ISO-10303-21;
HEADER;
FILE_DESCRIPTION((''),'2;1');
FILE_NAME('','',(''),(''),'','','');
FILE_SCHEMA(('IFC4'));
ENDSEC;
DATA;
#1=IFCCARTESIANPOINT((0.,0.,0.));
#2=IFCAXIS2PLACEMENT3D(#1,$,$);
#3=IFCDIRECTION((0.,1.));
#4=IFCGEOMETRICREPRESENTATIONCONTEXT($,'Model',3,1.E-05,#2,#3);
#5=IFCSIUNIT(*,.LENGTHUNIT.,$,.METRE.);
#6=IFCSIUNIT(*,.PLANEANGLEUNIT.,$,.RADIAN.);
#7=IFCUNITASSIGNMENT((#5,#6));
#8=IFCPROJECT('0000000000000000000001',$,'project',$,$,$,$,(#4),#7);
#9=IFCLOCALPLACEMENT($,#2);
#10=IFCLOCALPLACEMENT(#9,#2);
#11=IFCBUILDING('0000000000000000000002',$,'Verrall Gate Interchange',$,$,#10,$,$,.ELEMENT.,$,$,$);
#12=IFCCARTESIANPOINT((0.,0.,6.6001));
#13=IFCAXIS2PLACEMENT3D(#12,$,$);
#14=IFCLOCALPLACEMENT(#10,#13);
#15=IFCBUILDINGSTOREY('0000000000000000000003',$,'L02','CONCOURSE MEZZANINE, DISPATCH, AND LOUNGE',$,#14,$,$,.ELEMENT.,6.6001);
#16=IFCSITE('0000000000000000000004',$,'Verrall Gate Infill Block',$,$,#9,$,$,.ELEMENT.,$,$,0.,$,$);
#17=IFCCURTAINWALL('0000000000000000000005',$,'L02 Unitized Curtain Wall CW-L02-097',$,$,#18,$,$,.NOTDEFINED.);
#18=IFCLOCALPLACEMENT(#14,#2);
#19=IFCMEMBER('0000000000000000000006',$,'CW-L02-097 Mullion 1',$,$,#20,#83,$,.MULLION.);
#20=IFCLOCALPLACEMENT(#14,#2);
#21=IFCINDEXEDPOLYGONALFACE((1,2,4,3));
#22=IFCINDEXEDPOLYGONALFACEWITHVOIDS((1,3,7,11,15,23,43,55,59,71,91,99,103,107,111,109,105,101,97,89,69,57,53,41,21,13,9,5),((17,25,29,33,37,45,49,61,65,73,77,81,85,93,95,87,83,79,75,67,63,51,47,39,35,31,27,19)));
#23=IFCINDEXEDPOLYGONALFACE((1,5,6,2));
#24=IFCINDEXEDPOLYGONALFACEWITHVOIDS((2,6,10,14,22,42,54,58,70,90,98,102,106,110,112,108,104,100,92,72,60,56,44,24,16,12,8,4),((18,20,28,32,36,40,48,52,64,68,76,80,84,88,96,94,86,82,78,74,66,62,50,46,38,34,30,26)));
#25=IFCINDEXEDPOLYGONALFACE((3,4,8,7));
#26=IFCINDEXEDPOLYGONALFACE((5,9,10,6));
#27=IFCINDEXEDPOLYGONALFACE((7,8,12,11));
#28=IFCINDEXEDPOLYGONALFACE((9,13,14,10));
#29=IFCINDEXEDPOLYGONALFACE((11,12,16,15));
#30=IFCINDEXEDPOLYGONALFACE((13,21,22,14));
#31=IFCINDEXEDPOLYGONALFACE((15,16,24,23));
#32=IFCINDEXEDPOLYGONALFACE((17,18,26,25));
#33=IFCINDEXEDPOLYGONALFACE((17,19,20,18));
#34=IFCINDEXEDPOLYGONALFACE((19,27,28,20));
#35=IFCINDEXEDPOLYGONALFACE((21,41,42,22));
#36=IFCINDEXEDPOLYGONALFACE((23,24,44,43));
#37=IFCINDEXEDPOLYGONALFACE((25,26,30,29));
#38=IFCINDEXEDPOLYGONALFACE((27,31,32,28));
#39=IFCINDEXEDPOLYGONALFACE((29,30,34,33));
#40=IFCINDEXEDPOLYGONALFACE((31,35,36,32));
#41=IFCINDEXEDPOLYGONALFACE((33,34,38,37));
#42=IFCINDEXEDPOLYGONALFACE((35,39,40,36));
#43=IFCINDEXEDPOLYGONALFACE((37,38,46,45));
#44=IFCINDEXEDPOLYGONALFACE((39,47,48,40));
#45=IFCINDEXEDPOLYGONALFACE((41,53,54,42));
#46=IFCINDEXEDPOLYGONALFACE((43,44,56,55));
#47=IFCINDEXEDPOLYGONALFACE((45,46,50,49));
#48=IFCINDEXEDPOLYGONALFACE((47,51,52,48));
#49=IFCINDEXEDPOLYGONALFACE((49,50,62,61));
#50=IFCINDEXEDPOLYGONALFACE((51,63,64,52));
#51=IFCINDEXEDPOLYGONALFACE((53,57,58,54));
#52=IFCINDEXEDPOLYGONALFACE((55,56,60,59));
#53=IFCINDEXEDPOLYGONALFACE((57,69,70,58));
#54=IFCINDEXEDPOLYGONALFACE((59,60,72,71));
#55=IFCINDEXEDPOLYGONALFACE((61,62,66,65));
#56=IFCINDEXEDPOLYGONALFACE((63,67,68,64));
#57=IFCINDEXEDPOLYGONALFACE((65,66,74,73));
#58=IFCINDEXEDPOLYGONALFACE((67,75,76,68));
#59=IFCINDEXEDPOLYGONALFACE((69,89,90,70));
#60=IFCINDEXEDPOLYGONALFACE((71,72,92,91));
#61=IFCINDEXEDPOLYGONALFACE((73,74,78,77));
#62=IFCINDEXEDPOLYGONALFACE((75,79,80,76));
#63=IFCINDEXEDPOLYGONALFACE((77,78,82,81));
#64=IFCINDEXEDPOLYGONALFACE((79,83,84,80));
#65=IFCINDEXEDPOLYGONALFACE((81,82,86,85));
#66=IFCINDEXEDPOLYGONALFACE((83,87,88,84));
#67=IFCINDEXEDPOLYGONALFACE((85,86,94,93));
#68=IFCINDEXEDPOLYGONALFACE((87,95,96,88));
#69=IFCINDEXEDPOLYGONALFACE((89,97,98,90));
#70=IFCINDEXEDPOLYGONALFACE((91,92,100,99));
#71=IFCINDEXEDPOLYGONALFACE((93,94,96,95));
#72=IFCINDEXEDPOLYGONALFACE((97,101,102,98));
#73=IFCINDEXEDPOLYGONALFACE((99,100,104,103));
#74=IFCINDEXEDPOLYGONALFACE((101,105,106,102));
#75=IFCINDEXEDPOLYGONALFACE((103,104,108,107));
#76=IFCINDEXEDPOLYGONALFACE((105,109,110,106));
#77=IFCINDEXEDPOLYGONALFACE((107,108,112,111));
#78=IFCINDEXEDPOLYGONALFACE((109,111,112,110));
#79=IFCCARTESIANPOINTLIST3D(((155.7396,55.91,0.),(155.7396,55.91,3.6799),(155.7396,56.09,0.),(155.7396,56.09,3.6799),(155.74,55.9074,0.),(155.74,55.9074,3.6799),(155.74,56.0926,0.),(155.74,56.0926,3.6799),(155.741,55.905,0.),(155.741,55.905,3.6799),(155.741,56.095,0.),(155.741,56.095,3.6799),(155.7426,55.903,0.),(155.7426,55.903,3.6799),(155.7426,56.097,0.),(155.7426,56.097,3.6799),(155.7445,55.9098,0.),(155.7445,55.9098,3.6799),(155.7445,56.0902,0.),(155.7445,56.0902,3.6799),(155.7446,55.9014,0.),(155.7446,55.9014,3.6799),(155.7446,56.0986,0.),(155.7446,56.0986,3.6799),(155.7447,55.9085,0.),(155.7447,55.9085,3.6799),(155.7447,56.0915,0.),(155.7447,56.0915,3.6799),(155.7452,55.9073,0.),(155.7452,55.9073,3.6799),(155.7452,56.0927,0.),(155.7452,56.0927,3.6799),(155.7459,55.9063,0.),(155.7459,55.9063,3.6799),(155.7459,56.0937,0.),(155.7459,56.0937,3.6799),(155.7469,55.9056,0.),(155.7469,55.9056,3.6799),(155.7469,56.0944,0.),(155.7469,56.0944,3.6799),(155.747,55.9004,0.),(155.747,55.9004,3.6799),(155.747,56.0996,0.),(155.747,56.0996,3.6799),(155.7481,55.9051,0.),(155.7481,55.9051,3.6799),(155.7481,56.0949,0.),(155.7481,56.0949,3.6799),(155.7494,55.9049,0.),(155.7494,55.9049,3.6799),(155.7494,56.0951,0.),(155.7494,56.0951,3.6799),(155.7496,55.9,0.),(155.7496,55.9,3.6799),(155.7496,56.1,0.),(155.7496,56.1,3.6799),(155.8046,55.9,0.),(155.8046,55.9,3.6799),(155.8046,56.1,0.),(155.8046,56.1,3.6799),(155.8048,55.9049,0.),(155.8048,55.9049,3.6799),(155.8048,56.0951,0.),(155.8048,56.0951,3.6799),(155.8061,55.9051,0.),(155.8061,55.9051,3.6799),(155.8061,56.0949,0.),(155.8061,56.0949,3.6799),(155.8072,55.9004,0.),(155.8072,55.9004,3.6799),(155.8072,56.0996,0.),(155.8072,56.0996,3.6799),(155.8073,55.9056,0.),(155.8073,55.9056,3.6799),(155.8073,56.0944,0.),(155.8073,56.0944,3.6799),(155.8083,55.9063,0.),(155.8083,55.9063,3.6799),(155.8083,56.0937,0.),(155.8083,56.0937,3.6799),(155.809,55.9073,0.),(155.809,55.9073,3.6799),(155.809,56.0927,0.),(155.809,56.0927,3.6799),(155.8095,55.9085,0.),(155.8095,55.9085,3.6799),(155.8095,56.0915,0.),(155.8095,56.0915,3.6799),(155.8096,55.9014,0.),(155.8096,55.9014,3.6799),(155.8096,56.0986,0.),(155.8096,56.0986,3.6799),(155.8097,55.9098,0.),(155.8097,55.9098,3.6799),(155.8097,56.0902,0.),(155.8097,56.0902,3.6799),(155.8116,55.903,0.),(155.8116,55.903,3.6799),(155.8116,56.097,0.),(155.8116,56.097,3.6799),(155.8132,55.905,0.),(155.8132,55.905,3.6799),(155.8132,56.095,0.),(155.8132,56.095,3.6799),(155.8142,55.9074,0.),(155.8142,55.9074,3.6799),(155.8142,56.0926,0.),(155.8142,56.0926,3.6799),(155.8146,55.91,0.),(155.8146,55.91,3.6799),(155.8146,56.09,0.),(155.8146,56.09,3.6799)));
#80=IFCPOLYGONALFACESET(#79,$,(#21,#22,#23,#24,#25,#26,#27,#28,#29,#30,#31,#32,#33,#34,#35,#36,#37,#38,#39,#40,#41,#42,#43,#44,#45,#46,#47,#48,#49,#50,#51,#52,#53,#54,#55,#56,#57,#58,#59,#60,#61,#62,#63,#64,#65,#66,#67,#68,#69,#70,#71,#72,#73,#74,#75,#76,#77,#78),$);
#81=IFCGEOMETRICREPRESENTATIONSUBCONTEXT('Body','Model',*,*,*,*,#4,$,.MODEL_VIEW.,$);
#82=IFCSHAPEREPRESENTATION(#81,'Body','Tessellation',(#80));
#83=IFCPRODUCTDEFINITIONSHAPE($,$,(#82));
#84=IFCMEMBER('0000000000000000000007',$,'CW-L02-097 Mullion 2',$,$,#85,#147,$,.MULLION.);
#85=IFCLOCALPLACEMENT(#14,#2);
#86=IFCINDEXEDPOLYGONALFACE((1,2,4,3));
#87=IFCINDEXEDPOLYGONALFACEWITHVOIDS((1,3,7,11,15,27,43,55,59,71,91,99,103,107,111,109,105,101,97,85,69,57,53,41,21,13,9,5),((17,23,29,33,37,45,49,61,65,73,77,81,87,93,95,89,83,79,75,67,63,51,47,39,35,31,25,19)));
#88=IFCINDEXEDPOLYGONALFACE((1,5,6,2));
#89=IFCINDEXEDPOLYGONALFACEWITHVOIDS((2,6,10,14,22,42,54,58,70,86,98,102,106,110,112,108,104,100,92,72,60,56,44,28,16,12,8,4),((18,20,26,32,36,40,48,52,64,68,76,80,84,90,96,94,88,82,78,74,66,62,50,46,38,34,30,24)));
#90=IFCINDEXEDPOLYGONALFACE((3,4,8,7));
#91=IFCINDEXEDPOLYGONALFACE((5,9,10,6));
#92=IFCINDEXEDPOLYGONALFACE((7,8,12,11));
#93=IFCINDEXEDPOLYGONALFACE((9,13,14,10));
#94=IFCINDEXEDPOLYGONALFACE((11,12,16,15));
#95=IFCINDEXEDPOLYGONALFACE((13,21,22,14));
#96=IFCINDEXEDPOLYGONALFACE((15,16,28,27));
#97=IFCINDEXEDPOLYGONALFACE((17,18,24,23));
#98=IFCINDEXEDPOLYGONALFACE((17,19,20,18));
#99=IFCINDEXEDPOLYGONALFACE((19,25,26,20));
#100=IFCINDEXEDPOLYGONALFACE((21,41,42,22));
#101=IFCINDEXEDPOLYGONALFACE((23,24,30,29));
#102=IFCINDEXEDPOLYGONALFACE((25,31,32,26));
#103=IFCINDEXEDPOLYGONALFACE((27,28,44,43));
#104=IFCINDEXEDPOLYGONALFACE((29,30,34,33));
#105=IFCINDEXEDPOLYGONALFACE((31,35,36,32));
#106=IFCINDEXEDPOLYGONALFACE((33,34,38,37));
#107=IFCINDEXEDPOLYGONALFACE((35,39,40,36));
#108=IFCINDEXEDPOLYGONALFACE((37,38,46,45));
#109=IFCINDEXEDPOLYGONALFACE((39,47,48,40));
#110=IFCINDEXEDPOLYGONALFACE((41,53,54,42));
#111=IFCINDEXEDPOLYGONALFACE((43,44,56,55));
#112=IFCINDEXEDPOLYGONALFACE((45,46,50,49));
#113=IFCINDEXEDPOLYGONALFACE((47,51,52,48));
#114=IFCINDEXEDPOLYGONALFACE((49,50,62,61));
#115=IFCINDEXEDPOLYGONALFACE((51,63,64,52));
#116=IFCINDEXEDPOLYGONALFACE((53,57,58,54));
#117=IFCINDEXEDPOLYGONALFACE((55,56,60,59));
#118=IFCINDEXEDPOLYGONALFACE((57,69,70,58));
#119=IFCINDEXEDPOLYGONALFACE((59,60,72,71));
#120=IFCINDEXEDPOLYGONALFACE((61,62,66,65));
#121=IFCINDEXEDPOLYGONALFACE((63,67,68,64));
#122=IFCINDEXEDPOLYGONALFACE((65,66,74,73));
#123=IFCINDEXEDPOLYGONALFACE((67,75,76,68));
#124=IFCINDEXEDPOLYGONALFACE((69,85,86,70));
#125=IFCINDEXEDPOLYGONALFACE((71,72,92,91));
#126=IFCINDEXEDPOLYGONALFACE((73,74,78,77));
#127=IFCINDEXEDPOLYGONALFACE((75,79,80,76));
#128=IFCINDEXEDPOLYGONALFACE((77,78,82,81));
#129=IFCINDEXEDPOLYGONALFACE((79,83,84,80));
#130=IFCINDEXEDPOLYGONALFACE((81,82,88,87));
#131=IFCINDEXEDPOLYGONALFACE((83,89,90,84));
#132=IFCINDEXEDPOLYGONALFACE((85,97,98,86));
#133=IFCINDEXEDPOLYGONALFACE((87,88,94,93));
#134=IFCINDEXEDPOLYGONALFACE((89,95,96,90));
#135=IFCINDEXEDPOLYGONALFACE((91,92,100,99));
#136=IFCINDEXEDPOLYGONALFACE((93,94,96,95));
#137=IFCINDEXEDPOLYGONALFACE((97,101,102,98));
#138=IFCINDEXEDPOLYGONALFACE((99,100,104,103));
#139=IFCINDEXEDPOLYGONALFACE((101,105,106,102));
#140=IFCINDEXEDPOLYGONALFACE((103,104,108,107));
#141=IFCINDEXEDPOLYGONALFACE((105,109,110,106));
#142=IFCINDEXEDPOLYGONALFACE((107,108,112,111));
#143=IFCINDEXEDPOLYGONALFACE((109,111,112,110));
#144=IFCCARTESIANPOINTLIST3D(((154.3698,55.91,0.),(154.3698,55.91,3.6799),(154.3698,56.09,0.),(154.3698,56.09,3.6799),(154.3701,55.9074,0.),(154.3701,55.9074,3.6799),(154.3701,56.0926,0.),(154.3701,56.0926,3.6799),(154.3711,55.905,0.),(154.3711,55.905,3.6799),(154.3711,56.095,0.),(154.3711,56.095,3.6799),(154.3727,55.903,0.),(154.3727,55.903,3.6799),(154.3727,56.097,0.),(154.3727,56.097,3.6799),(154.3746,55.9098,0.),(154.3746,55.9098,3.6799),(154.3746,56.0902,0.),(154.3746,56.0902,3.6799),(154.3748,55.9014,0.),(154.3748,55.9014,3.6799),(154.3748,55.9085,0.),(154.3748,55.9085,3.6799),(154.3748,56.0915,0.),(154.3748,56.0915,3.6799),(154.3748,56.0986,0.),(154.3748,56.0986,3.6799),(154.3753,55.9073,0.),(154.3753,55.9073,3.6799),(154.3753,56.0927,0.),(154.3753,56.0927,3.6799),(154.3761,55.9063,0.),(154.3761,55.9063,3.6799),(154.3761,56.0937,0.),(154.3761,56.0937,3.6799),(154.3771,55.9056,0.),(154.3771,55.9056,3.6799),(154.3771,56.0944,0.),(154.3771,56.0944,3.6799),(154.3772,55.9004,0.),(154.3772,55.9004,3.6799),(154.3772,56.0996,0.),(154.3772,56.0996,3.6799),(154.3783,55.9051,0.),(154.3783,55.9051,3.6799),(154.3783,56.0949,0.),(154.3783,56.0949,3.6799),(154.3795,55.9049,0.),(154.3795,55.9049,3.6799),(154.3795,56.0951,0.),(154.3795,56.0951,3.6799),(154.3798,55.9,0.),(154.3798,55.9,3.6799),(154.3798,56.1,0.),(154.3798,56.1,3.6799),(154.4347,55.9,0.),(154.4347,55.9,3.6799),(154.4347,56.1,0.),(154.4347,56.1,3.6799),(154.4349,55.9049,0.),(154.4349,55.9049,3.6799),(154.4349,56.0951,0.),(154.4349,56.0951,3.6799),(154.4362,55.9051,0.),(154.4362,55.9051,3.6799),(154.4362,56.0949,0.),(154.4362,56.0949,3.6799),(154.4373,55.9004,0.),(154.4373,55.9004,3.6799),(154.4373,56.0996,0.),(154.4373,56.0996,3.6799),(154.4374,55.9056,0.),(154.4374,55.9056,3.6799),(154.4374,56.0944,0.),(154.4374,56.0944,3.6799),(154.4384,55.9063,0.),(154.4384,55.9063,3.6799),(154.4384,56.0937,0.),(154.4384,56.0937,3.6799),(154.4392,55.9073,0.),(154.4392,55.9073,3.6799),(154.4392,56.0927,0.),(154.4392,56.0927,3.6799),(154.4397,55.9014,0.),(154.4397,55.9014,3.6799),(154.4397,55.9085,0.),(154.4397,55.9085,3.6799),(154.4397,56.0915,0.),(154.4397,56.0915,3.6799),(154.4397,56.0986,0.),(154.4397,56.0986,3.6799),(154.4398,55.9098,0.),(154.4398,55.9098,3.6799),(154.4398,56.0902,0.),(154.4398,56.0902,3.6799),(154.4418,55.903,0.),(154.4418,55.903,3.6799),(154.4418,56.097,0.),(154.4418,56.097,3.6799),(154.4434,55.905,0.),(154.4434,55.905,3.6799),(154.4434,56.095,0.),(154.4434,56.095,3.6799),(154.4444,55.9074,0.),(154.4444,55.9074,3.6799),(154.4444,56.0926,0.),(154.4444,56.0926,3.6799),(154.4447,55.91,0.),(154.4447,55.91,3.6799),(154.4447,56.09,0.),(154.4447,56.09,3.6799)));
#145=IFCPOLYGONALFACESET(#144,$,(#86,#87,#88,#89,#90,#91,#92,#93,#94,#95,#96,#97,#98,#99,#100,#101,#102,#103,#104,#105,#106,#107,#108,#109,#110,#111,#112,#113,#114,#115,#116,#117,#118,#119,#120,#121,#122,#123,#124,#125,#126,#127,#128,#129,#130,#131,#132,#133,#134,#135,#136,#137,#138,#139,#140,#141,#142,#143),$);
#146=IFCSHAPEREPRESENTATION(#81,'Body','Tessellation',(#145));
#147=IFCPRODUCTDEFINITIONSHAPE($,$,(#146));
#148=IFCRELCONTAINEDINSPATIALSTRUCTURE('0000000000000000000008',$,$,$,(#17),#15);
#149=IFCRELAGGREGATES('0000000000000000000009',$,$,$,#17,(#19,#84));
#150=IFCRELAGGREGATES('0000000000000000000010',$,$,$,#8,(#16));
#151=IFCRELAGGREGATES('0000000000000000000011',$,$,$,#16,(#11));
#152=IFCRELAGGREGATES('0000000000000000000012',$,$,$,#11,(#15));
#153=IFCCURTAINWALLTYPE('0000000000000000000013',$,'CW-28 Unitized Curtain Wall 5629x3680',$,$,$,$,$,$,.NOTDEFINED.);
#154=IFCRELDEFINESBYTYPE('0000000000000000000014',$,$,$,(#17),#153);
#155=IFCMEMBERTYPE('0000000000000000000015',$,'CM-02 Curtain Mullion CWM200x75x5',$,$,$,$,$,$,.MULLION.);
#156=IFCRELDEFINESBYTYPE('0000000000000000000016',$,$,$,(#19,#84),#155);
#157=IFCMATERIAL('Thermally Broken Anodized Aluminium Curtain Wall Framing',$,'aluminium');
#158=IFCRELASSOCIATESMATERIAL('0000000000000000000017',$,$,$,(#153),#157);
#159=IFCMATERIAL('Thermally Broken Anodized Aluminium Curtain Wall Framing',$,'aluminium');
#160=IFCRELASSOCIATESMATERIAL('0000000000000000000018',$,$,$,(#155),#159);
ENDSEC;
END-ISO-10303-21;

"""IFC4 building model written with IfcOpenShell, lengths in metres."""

from ifc_helpers import new_model, si_unit, direction, frame, origin, origin_2d, place, context, subcontext, project, spatial, hollow_rectangle, extrude, material, material_profile, profile_set, type_object, element, aggregate, save


model = new_model("IFC4")

# Units and contexts
model_context = context("Model", 3, precision=1e-05, world=origin(), true_north=direction((0.0, 1.0)))
body_context = subcontext(model_context, "Body", "Model", "MODEL_VIEW")
ifc_project = project(units=[si_unit("LENGTHUNIT", "METRE"), si_unit("PLANEANGLEUNIT", "RADIAN")], contexts=[model_context])

# Site, building, storey
site_placement = place(None, origin())
site = spatial("IfcSite", under=ifc_project, at=site_placement, Name="Verrall Gate Infill Block", CompositionType="ELEMENT", RefElevation=0.0)
building_placement = place(site_placement, origin())
building = spatial("IfcBuilding", under=site, at=building_placement, Name="Verrall Gate Interchange", CompositionType="ELEMENT")
storey_placement = place(building_placement, frame((0.0, 0.0, 6.6001)))
storey = spatial("IfcBuildingStorey", under=building, at=storey_placement, Name="L02", Description="CONCOURSE MEZZANINE, DISPATCH, AND LOUNGE", CompositionType="ELEMENT", Elevation=6.6001)

# Curtain wall, members
ifc_material_1 = material(Name="Thermally Broken Anodized Aluminium Curtain Wall Framing", Category="aluminium")
curtain_wall_type = type_object("IfcCurtainWallType", Name="CW-28 Unitized Curtain Wall 5629x3680", PredefinedType="NOTDEFINED", material=ifc_material_1)
curtain_wall_1_placement = place(storey_placement, origin())
curtain_wall_1 = element("IfcCurtainWall", 1, at=curtain_wall_1_placement, inside=storey, type_object=curtain_wall_type, Name="L02 Unitized Curtain Wall CW-L02-097", PredefinedType="NOTDEFINED")
ifc_material_2 = material(Name="Thermally Broken Anodized Aluminium Curtain Wall Framing", Category="aluminium")
ifc_material_profile_1 = material_profile(ifc_material_2, hollow_rectangle(XDim=0.075, YDim=0.2, WallThickness=0.0049, InnerFilletRadius=0.0049, OuterFilletRadius=0.01, at=origin_2d()), Name="CWM200x75x5")
ifc_profile_set_1 = profile_set([ifc_material_profile_1], Name="Thermally Broken Anodized Aluminium Curtain Wall Framing")
member_type_1 = type_object("IfcMemberType", Name="CM-02 Curtain Mullion CWM200x75x5", PredefinedType="MULLION", material=ifc_profile_set_1)
member_1_placement = place(storey_placement, frame((155.7771, 56.0, 0.0), z_axis=(0.0, 0.0, 1.0), x_axis=(-1.0, 0.0, 0.0)))
member_1 = element("IfcMember", 2, at=member_1_placement, type_object=member_type_1, Name="CW-L02-097 Mullion 1", PredefinedType="MULLION", context=body_context, shape_type="SweptSolid", body=[
    extrude(hollow_rectangle(XDim=0.075, YDim=0.2, WallThickness=0.0049, InnerFilletRadius=0.0049, OuterFilletRadius=0.01, at=origin_2d()), origin(), (0.0, 0.0, 1.0), 3.6799),
])
member_2_placement = place(storey_placement, frame((154.4072, 56.0, 0.0), z_axis=(0.0, 0.0, 1.0), x_axis=(-1.0, 0.0, 0.0)))
member_2 = element("IfcMember", 3, at=member_2_placement, type_object=member_type_1, Name="CW-L02-097 Mullion 2", PredefinedType="MULLION", context=body_context, shape_type="SweptSolid", body=[
    extrude(hollow_rectangle(XDim=0.075, YDim=0.2, WallThickness=0.0049, InnerFilletRadius=0.0049, OuterFilletRadius=0.01, at=origin_2d()), origin(), (0.0, 0.0, 1.0), 3.6799),
])

aggregate(curtain_wall_1, [member_1, member_2])

save(model, "model.ifc")
